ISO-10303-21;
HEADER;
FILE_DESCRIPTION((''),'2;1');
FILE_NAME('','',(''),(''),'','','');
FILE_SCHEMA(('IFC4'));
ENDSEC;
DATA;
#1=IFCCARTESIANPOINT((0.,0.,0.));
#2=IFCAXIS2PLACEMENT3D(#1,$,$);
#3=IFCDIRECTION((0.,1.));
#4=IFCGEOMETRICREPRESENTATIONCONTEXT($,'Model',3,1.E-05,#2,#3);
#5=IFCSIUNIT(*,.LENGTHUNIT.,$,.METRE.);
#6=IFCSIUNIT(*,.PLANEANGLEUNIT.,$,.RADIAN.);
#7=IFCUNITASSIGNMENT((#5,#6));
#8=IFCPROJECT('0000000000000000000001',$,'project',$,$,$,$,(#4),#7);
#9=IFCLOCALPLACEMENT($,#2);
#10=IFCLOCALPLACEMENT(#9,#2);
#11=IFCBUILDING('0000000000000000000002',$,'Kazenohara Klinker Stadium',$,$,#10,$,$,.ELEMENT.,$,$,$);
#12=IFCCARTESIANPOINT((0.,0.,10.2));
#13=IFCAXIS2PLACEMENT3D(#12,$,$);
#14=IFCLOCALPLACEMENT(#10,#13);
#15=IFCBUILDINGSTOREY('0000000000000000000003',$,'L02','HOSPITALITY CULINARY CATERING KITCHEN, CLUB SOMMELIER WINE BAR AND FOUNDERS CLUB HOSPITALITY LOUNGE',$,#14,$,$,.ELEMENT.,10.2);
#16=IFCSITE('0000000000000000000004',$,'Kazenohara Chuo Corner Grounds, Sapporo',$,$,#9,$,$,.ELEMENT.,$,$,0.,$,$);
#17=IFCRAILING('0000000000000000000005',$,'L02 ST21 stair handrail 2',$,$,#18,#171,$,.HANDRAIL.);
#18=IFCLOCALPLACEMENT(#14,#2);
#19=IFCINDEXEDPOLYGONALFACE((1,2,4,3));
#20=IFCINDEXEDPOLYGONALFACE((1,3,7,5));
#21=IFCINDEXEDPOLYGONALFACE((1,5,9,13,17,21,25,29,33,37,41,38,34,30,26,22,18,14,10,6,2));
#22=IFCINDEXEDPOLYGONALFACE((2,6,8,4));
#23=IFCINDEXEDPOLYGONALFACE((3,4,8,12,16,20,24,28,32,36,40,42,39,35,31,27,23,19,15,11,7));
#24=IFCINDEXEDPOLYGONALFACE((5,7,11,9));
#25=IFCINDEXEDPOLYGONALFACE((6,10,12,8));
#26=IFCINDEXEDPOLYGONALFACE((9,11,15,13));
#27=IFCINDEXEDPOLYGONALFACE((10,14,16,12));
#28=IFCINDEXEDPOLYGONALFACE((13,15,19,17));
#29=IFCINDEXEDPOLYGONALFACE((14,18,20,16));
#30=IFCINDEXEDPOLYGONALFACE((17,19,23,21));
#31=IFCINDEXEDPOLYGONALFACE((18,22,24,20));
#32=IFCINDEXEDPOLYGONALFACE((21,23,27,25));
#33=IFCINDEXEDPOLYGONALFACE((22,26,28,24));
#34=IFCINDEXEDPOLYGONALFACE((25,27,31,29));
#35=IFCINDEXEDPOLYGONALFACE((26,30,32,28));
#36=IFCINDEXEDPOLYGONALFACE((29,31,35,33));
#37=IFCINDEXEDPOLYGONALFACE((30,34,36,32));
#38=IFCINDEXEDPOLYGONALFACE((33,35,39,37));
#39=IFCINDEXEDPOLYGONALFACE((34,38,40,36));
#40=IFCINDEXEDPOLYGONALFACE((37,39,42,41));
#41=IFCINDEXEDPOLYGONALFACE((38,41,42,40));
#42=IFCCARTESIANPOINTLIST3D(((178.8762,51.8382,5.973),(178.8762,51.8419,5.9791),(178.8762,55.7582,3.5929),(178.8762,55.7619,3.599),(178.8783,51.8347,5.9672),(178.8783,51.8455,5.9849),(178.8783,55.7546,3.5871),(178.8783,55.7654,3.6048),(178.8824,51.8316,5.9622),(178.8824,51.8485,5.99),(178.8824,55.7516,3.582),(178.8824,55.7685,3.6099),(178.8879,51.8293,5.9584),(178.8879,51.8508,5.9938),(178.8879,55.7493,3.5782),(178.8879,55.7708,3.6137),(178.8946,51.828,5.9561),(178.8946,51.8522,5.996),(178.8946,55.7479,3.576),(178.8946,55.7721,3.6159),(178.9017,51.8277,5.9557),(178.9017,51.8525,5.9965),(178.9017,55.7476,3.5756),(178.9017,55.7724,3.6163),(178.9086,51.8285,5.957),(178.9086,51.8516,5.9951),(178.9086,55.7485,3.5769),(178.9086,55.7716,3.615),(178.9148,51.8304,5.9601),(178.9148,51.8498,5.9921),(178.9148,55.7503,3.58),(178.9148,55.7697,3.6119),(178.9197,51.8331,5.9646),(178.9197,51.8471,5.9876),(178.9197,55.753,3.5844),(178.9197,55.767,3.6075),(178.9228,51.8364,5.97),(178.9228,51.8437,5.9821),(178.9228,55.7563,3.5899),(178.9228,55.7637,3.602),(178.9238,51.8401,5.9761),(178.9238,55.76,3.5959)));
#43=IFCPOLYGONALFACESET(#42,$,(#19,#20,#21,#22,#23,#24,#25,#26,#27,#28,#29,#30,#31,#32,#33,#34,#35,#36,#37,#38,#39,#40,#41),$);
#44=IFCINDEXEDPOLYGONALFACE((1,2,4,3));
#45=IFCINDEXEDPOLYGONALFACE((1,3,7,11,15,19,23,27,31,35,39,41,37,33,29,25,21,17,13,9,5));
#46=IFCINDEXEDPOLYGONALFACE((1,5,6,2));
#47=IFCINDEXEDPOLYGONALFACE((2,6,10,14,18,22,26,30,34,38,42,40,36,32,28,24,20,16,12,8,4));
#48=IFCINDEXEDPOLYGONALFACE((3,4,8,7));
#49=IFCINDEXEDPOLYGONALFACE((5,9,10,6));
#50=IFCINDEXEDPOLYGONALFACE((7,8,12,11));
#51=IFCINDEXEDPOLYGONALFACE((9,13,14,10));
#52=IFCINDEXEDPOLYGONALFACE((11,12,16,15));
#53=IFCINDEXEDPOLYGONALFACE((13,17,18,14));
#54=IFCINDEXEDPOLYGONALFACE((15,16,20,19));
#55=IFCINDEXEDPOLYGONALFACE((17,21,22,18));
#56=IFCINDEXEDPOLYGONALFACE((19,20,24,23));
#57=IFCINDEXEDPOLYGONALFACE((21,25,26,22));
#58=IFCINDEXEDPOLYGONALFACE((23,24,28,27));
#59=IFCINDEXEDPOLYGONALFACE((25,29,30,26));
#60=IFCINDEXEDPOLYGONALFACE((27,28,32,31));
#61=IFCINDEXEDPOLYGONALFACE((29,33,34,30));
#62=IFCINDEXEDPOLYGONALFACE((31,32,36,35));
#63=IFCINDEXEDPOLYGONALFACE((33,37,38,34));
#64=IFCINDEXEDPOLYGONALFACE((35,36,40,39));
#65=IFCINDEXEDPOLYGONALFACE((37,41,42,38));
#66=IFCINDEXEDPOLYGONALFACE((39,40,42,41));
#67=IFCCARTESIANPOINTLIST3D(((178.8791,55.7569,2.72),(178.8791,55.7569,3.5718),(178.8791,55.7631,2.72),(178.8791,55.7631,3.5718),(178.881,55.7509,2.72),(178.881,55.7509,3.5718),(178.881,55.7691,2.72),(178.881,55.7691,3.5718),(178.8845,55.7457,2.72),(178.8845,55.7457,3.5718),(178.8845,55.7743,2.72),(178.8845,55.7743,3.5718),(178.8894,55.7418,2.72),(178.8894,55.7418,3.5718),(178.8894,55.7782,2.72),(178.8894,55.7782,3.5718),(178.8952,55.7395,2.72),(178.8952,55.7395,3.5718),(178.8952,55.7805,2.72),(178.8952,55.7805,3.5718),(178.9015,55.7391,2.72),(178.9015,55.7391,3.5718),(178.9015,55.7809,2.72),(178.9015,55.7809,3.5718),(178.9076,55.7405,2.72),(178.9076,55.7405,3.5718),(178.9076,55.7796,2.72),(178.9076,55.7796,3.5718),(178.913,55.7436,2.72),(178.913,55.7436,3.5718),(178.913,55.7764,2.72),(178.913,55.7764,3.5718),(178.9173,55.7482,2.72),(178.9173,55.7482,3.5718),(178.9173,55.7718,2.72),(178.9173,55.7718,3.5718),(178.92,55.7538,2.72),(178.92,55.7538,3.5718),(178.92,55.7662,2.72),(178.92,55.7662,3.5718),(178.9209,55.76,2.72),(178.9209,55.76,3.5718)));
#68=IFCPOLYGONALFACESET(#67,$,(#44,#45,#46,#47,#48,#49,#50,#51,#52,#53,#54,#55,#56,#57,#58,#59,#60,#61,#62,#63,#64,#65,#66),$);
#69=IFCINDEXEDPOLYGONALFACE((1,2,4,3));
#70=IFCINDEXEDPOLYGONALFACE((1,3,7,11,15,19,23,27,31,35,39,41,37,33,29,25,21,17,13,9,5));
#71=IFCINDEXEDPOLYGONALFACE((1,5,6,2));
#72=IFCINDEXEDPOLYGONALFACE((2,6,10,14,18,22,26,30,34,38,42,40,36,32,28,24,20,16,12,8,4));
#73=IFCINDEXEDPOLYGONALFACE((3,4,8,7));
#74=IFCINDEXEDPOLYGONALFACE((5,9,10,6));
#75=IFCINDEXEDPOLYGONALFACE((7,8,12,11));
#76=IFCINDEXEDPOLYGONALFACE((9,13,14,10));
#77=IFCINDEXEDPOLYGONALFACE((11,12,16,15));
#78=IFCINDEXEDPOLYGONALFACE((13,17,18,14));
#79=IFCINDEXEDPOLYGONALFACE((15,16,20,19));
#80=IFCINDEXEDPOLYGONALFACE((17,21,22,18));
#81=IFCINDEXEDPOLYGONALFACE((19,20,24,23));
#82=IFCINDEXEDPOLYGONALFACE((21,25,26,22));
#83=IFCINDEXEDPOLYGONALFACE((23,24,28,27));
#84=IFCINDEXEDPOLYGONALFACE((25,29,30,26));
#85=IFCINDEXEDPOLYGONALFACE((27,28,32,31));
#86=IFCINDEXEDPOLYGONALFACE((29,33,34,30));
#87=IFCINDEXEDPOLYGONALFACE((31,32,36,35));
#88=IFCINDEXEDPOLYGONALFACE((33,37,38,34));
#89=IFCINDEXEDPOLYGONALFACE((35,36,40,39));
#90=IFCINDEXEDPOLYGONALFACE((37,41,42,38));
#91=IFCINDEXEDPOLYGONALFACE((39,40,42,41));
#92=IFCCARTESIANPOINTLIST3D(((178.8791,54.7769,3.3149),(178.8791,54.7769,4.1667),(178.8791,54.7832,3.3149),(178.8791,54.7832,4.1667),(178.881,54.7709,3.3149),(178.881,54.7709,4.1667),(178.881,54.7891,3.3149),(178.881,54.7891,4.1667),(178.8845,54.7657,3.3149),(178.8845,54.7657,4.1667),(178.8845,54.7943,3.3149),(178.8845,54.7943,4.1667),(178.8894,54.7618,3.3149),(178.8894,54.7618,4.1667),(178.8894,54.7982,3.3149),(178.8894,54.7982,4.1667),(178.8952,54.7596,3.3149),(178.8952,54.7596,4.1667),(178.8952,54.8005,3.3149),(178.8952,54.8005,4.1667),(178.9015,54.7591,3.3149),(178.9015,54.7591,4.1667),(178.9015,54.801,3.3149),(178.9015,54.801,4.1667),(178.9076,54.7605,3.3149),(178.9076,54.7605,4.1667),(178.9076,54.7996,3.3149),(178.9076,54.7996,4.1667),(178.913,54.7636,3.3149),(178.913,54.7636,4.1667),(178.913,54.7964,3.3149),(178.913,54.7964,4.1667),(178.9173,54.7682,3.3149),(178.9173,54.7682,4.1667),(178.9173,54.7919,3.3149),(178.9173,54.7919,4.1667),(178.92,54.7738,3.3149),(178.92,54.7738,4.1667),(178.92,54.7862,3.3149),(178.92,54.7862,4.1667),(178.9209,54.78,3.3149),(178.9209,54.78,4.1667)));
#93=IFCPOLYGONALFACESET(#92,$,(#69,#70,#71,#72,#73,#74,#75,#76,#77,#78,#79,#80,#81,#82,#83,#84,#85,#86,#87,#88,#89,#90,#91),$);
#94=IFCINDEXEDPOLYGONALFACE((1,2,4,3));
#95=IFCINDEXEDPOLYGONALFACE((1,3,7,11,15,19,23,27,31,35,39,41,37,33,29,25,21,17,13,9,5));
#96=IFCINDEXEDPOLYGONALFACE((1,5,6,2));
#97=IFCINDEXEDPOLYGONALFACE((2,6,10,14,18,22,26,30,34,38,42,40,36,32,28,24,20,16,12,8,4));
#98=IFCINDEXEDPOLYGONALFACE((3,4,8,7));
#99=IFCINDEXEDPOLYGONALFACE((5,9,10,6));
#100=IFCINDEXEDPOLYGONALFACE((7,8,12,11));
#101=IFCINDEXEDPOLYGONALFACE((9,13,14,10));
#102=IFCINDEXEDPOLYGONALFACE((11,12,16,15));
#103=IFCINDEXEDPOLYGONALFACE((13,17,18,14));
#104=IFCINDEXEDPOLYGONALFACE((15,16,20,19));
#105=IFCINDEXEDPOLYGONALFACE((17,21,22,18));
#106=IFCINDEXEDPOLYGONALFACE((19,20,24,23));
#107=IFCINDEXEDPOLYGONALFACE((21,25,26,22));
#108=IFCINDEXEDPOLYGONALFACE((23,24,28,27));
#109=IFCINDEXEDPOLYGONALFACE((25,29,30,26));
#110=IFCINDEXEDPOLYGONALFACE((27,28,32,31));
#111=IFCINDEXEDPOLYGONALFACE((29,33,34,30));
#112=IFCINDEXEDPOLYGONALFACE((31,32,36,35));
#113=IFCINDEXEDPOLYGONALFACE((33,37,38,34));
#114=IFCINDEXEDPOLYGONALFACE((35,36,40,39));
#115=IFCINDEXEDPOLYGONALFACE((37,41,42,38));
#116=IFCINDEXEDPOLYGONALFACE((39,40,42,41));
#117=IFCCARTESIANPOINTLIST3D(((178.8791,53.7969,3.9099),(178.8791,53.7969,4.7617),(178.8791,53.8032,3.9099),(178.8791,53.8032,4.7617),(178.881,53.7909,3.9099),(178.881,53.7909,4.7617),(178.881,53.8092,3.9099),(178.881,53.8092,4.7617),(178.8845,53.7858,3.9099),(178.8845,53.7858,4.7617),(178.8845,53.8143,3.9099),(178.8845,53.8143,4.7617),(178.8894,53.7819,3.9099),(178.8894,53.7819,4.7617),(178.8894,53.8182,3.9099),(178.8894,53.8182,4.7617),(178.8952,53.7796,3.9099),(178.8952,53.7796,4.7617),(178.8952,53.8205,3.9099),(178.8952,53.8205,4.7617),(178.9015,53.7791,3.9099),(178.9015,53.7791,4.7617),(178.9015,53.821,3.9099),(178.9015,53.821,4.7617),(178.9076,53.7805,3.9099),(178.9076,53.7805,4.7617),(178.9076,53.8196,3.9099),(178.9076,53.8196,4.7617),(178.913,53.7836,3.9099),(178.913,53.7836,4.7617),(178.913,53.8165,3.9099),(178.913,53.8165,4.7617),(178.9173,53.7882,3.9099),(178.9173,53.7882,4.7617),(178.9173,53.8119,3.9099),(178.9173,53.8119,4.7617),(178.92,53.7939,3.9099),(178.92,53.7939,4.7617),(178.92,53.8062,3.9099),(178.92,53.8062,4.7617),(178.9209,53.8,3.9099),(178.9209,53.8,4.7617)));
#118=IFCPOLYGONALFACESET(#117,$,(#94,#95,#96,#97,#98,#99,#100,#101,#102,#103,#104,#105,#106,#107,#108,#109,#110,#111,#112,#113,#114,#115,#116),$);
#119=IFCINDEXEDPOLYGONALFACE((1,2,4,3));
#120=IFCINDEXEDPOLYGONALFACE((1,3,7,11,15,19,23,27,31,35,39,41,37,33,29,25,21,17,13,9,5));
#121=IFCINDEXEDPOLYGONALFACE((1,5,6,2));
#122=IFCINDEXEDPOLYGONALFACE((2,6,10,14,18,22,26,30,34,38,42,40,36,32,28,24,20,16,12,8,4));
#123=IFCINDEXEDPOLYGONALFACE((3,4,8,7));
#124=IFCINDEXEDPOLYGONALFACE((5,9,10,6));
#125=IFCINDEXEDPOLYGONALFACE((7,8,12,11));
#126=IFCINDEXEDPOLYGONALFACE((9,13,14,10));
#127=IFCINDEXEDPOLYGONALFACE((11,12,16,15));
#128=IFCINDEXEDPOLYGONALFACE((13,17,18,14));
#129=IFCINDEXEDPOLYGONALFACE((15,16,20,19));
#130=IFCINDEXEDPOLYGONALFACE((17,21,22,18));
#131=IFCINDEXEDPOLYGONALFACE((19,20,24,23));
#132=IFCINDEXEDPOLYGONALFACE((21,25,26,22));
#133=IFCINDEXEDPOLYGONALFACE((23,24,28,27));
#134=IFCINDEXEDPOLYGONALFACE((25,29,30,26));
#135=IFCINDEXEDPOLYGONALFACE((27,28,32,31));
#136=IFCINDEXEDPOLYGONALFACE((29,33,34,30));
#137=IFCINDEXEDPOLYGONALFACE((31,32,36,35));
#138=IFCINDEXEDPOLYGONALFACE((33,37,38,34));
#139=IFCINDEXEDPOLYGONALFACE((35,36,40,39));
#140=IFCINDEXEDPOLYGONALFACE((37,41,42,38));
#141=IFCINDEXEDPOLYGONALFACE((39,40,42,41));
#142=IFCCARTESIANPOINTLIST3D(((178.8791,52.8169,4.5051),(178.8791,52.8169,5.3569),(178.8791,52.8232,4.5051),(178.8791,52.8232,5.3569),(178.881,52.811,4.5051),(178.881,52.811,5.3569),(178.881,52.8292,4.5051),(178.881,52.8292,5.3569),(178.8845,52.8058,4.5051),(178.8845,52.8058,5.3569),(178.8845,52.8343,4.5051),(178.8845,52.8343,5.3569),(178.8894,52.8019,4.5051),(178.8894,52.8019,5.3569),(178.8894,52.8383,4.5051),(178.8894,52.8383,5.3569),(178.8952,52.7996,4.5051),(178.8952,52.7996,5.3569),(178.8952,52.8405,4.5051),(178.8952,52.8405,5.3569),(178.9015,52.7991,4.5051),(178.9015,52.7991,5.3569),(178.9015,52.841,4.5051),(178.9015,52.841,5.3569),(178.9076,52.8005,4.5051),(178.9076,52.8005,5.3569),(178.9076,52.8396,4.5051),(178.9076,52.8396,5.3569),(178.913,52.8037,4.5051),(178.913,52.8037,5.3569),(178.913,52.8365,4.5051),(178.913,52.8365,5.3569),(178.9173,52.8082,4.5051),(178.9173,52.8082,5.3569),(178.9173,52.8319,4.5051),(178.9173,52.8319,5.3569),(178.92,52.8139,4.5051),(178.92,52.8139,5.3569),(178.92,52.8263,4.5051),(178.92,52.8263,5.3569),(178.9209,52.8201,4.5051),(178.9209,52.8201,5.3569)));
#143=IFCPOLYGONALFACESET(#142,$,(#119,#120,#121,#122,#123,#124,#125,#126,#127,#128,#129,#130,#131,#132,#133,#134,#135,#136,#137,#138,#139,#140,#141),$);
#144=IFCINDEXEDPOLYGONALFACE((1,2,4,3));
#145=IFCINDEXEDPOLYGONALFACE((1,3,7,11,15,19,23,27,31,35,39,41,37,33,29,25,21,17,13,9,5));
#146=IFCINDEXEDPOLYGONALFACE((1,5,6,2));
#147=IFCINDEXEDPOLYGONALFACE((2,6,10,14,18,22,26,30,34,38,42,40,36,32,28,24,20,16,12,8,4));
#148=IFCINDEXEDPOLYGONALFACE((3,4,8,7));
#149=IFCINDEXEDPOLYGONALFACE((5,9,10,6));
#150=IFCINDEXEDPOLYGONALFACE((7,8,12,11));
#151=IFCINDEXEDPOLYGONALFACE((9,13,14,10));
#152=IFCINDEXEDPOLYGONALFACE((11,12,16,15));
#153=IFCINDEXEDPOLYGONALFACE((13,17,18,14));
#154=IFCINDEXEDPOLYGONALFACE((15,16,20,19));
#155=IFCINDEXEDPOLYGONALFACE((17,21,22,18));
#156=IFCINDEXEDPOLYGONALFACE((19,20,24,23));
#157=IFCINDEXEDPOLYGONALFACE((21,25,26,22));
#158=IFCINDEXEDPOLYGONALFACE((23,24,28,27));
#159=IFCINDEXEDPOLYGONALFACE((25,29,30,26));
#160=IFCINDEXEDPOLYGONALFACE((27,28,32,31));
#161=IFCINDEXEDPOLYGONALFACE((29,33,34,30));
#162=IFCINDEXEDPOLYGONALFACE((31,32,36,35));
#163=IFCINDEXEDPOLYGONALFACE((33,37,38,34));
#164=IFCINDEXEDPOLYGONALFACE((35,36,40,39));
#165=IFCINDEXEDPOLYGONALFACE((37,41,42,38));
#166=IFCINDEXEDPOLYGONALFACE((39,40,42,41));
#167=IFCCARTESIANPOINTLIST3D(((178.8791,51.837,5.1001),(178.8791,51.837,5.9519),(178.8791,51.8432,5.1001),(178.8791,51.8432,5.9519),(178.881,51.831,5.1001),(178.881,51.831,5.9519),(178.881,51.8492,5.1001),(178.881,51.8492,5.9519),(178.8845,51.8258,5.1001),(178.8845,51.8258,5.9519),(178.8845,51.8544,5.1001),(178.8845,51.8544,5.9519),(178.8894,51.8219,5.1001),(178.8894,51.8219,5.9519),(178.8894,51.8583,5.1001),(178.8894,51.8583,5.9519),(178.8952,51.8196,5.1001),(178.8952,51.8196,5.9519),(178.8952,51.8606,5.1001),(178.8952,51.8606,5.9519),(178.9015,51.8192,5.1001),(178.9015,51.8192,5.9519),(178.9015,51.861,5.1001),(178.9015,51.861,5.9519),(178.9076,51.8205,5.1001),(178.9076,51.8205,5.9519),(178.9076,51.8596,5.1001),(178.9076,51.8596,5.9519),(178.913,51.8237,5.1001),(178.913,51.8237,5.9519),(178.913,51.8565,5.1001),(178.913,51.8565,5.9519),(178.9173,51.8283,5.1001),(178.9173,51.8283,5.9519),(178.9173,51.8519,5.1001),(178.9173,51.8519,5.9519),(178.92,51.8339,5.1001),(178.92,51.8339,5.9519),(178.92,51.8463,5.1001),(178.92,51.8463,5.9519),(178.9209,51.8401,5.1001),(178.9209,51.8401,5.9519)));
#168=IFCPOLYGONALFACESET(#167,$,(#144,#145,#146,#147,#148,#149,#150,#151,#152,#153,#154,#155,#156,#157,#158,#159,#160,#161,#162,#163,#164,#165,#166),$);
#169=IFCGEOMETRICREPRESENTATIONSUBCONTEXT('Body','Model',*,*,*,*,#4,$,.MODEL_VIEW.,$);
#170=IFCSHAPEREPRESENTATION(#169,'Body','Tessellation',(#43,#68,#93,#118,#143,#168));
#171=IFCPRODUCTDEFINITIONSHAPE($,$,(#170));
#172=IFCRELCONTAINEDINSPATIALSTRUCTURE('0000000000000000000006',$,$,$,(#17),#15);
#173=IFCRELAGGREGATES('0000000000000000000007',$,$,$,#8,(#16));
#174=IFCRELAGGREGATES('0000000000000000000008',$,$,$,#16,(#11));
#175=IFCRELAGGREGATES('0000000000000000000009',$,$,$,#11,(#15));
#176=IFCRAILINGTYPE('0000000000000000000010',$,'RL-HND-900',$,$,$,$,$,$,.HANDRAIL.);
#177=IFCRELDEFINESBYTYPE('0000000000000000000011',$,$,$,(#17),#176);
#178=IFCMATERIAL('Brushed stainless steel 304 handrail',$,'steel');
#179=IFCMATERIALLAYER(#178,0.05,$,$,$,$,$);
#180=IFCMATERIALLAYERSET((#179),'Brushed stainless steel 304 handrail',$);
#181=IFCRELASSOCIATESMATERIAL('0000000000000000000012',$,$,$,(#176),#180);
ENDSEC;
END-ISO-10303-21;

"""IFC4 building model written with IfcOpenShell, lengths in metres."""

from ifc_helpers import new_model, si_unit, direction, frame, origin, origin_2d, place, context, subcontext, project, spatial, circle, extrude, material, layer, layer_set, type_object, element, save


model = new_model("IFC4")

# Units and contexts
model_context = context("Model", 3, precision=1e-05, world=origin(), true_north=direction((0.0, 1.0)))
body_context = subcontext(model_context, "Body", "Model", "MODEL_VIEW")
ifc_project = project(units=[si_unit("LENGTHUNIT", "METRE"), si_unit("PLANEANGLEUNIT", "RADIAN")], contexts=[model_context])

# Site, building, storey
site_placement = place(None, origin())
site = spatial("IfcSite", under=ifc_project, at=site_placement, Name="Kazenohara Chuo Corner Grounds, Sapporo", CompositionType="ELEMENT", RefElevation=0.0)
building_placement = place(site_placement, origin())
building = spatial("IfcBuilding", under=site, at=building_placement, Name="Kazenohara Klinker Stadium", CompositionType="ELEMENT")
storey_placement = place(building_placement, frame((0.0, 0.0, 10.2)))
storey = spatial("IfcBuildingStorey", under=building, at=storey_placement, Name="L02", Description="HOSPITALITY CULINARY CATERING KITCHEN, CLUB SOMMELIER WINE BAR AND FOUNDERS CLUB HOSPITALITY LOUNGE", CompositionType="ELEMENT", Elevation=10.2)

# Railing
ifc_material_1 = material(Name="Brushed stainless steel 304 handrail", Category="steel")
ifc_layer_1 = layer(ifc_material_1, 0.05)
ifc_layer_set_1 = layer_set([ifc_layer_1], Name="Brushed stainless steel 304 handrail")
railing_type_1 = type_object("IfcRailingType", Name="RL-HND-900", PredefinedType="HANDRAIL", material=ifc_layer_set_1)
railing_1_placement = place(storey_placement, frame((178.8999, 55.76, 2.72)))
element("IfcRailing", 1, at=railing_1_placement, inside=storey, type_object=railing_type_1, Name="L02 ST21 stair handrail 2", PredefinedType="HANDRAIL", context=body_context, shape_type="SweptSolid", body=[
    extrude(circle(Radius=0.0239, at=origin_2d()), frame((0.0, 0.0, 0.876), z_axis=(0.0, -0.854771, 0.519006), x_axis=(1.0, 0.0, 0.0)), (0.0, 0.0, 1.0), 4.5859),
    extrude(circle(Radius=0.021, at=origin_2d()), origin(), (0.0, 0.0, 1.0), 0.8518),
    extrude(circle(Radius=0.021, at=origin_2d()), frame((0.0, -0.98, 0.595)), (0.0, 0.0, 1.0), 0.8518),
    extrude(circle(Radius=0.021, at=origin_2d()), frame((0.0, -1.96, 1.1899)), (0.0, 0.0, 1.0), 0.8518),
    extrude(circle(Radius=0.021, at=origin_2d()), frame((0.0, -2.9399, 1.7852)), (0.0, 0.0, 1.0), 0.8518),
    extrude(circle(Radius=0.021, at=origin_2d()), frame((0.0, -3.9199, 2.3801)), (0.0, 0.0, 1.0), 0.8518),
])

save(model, "model.ifc")
